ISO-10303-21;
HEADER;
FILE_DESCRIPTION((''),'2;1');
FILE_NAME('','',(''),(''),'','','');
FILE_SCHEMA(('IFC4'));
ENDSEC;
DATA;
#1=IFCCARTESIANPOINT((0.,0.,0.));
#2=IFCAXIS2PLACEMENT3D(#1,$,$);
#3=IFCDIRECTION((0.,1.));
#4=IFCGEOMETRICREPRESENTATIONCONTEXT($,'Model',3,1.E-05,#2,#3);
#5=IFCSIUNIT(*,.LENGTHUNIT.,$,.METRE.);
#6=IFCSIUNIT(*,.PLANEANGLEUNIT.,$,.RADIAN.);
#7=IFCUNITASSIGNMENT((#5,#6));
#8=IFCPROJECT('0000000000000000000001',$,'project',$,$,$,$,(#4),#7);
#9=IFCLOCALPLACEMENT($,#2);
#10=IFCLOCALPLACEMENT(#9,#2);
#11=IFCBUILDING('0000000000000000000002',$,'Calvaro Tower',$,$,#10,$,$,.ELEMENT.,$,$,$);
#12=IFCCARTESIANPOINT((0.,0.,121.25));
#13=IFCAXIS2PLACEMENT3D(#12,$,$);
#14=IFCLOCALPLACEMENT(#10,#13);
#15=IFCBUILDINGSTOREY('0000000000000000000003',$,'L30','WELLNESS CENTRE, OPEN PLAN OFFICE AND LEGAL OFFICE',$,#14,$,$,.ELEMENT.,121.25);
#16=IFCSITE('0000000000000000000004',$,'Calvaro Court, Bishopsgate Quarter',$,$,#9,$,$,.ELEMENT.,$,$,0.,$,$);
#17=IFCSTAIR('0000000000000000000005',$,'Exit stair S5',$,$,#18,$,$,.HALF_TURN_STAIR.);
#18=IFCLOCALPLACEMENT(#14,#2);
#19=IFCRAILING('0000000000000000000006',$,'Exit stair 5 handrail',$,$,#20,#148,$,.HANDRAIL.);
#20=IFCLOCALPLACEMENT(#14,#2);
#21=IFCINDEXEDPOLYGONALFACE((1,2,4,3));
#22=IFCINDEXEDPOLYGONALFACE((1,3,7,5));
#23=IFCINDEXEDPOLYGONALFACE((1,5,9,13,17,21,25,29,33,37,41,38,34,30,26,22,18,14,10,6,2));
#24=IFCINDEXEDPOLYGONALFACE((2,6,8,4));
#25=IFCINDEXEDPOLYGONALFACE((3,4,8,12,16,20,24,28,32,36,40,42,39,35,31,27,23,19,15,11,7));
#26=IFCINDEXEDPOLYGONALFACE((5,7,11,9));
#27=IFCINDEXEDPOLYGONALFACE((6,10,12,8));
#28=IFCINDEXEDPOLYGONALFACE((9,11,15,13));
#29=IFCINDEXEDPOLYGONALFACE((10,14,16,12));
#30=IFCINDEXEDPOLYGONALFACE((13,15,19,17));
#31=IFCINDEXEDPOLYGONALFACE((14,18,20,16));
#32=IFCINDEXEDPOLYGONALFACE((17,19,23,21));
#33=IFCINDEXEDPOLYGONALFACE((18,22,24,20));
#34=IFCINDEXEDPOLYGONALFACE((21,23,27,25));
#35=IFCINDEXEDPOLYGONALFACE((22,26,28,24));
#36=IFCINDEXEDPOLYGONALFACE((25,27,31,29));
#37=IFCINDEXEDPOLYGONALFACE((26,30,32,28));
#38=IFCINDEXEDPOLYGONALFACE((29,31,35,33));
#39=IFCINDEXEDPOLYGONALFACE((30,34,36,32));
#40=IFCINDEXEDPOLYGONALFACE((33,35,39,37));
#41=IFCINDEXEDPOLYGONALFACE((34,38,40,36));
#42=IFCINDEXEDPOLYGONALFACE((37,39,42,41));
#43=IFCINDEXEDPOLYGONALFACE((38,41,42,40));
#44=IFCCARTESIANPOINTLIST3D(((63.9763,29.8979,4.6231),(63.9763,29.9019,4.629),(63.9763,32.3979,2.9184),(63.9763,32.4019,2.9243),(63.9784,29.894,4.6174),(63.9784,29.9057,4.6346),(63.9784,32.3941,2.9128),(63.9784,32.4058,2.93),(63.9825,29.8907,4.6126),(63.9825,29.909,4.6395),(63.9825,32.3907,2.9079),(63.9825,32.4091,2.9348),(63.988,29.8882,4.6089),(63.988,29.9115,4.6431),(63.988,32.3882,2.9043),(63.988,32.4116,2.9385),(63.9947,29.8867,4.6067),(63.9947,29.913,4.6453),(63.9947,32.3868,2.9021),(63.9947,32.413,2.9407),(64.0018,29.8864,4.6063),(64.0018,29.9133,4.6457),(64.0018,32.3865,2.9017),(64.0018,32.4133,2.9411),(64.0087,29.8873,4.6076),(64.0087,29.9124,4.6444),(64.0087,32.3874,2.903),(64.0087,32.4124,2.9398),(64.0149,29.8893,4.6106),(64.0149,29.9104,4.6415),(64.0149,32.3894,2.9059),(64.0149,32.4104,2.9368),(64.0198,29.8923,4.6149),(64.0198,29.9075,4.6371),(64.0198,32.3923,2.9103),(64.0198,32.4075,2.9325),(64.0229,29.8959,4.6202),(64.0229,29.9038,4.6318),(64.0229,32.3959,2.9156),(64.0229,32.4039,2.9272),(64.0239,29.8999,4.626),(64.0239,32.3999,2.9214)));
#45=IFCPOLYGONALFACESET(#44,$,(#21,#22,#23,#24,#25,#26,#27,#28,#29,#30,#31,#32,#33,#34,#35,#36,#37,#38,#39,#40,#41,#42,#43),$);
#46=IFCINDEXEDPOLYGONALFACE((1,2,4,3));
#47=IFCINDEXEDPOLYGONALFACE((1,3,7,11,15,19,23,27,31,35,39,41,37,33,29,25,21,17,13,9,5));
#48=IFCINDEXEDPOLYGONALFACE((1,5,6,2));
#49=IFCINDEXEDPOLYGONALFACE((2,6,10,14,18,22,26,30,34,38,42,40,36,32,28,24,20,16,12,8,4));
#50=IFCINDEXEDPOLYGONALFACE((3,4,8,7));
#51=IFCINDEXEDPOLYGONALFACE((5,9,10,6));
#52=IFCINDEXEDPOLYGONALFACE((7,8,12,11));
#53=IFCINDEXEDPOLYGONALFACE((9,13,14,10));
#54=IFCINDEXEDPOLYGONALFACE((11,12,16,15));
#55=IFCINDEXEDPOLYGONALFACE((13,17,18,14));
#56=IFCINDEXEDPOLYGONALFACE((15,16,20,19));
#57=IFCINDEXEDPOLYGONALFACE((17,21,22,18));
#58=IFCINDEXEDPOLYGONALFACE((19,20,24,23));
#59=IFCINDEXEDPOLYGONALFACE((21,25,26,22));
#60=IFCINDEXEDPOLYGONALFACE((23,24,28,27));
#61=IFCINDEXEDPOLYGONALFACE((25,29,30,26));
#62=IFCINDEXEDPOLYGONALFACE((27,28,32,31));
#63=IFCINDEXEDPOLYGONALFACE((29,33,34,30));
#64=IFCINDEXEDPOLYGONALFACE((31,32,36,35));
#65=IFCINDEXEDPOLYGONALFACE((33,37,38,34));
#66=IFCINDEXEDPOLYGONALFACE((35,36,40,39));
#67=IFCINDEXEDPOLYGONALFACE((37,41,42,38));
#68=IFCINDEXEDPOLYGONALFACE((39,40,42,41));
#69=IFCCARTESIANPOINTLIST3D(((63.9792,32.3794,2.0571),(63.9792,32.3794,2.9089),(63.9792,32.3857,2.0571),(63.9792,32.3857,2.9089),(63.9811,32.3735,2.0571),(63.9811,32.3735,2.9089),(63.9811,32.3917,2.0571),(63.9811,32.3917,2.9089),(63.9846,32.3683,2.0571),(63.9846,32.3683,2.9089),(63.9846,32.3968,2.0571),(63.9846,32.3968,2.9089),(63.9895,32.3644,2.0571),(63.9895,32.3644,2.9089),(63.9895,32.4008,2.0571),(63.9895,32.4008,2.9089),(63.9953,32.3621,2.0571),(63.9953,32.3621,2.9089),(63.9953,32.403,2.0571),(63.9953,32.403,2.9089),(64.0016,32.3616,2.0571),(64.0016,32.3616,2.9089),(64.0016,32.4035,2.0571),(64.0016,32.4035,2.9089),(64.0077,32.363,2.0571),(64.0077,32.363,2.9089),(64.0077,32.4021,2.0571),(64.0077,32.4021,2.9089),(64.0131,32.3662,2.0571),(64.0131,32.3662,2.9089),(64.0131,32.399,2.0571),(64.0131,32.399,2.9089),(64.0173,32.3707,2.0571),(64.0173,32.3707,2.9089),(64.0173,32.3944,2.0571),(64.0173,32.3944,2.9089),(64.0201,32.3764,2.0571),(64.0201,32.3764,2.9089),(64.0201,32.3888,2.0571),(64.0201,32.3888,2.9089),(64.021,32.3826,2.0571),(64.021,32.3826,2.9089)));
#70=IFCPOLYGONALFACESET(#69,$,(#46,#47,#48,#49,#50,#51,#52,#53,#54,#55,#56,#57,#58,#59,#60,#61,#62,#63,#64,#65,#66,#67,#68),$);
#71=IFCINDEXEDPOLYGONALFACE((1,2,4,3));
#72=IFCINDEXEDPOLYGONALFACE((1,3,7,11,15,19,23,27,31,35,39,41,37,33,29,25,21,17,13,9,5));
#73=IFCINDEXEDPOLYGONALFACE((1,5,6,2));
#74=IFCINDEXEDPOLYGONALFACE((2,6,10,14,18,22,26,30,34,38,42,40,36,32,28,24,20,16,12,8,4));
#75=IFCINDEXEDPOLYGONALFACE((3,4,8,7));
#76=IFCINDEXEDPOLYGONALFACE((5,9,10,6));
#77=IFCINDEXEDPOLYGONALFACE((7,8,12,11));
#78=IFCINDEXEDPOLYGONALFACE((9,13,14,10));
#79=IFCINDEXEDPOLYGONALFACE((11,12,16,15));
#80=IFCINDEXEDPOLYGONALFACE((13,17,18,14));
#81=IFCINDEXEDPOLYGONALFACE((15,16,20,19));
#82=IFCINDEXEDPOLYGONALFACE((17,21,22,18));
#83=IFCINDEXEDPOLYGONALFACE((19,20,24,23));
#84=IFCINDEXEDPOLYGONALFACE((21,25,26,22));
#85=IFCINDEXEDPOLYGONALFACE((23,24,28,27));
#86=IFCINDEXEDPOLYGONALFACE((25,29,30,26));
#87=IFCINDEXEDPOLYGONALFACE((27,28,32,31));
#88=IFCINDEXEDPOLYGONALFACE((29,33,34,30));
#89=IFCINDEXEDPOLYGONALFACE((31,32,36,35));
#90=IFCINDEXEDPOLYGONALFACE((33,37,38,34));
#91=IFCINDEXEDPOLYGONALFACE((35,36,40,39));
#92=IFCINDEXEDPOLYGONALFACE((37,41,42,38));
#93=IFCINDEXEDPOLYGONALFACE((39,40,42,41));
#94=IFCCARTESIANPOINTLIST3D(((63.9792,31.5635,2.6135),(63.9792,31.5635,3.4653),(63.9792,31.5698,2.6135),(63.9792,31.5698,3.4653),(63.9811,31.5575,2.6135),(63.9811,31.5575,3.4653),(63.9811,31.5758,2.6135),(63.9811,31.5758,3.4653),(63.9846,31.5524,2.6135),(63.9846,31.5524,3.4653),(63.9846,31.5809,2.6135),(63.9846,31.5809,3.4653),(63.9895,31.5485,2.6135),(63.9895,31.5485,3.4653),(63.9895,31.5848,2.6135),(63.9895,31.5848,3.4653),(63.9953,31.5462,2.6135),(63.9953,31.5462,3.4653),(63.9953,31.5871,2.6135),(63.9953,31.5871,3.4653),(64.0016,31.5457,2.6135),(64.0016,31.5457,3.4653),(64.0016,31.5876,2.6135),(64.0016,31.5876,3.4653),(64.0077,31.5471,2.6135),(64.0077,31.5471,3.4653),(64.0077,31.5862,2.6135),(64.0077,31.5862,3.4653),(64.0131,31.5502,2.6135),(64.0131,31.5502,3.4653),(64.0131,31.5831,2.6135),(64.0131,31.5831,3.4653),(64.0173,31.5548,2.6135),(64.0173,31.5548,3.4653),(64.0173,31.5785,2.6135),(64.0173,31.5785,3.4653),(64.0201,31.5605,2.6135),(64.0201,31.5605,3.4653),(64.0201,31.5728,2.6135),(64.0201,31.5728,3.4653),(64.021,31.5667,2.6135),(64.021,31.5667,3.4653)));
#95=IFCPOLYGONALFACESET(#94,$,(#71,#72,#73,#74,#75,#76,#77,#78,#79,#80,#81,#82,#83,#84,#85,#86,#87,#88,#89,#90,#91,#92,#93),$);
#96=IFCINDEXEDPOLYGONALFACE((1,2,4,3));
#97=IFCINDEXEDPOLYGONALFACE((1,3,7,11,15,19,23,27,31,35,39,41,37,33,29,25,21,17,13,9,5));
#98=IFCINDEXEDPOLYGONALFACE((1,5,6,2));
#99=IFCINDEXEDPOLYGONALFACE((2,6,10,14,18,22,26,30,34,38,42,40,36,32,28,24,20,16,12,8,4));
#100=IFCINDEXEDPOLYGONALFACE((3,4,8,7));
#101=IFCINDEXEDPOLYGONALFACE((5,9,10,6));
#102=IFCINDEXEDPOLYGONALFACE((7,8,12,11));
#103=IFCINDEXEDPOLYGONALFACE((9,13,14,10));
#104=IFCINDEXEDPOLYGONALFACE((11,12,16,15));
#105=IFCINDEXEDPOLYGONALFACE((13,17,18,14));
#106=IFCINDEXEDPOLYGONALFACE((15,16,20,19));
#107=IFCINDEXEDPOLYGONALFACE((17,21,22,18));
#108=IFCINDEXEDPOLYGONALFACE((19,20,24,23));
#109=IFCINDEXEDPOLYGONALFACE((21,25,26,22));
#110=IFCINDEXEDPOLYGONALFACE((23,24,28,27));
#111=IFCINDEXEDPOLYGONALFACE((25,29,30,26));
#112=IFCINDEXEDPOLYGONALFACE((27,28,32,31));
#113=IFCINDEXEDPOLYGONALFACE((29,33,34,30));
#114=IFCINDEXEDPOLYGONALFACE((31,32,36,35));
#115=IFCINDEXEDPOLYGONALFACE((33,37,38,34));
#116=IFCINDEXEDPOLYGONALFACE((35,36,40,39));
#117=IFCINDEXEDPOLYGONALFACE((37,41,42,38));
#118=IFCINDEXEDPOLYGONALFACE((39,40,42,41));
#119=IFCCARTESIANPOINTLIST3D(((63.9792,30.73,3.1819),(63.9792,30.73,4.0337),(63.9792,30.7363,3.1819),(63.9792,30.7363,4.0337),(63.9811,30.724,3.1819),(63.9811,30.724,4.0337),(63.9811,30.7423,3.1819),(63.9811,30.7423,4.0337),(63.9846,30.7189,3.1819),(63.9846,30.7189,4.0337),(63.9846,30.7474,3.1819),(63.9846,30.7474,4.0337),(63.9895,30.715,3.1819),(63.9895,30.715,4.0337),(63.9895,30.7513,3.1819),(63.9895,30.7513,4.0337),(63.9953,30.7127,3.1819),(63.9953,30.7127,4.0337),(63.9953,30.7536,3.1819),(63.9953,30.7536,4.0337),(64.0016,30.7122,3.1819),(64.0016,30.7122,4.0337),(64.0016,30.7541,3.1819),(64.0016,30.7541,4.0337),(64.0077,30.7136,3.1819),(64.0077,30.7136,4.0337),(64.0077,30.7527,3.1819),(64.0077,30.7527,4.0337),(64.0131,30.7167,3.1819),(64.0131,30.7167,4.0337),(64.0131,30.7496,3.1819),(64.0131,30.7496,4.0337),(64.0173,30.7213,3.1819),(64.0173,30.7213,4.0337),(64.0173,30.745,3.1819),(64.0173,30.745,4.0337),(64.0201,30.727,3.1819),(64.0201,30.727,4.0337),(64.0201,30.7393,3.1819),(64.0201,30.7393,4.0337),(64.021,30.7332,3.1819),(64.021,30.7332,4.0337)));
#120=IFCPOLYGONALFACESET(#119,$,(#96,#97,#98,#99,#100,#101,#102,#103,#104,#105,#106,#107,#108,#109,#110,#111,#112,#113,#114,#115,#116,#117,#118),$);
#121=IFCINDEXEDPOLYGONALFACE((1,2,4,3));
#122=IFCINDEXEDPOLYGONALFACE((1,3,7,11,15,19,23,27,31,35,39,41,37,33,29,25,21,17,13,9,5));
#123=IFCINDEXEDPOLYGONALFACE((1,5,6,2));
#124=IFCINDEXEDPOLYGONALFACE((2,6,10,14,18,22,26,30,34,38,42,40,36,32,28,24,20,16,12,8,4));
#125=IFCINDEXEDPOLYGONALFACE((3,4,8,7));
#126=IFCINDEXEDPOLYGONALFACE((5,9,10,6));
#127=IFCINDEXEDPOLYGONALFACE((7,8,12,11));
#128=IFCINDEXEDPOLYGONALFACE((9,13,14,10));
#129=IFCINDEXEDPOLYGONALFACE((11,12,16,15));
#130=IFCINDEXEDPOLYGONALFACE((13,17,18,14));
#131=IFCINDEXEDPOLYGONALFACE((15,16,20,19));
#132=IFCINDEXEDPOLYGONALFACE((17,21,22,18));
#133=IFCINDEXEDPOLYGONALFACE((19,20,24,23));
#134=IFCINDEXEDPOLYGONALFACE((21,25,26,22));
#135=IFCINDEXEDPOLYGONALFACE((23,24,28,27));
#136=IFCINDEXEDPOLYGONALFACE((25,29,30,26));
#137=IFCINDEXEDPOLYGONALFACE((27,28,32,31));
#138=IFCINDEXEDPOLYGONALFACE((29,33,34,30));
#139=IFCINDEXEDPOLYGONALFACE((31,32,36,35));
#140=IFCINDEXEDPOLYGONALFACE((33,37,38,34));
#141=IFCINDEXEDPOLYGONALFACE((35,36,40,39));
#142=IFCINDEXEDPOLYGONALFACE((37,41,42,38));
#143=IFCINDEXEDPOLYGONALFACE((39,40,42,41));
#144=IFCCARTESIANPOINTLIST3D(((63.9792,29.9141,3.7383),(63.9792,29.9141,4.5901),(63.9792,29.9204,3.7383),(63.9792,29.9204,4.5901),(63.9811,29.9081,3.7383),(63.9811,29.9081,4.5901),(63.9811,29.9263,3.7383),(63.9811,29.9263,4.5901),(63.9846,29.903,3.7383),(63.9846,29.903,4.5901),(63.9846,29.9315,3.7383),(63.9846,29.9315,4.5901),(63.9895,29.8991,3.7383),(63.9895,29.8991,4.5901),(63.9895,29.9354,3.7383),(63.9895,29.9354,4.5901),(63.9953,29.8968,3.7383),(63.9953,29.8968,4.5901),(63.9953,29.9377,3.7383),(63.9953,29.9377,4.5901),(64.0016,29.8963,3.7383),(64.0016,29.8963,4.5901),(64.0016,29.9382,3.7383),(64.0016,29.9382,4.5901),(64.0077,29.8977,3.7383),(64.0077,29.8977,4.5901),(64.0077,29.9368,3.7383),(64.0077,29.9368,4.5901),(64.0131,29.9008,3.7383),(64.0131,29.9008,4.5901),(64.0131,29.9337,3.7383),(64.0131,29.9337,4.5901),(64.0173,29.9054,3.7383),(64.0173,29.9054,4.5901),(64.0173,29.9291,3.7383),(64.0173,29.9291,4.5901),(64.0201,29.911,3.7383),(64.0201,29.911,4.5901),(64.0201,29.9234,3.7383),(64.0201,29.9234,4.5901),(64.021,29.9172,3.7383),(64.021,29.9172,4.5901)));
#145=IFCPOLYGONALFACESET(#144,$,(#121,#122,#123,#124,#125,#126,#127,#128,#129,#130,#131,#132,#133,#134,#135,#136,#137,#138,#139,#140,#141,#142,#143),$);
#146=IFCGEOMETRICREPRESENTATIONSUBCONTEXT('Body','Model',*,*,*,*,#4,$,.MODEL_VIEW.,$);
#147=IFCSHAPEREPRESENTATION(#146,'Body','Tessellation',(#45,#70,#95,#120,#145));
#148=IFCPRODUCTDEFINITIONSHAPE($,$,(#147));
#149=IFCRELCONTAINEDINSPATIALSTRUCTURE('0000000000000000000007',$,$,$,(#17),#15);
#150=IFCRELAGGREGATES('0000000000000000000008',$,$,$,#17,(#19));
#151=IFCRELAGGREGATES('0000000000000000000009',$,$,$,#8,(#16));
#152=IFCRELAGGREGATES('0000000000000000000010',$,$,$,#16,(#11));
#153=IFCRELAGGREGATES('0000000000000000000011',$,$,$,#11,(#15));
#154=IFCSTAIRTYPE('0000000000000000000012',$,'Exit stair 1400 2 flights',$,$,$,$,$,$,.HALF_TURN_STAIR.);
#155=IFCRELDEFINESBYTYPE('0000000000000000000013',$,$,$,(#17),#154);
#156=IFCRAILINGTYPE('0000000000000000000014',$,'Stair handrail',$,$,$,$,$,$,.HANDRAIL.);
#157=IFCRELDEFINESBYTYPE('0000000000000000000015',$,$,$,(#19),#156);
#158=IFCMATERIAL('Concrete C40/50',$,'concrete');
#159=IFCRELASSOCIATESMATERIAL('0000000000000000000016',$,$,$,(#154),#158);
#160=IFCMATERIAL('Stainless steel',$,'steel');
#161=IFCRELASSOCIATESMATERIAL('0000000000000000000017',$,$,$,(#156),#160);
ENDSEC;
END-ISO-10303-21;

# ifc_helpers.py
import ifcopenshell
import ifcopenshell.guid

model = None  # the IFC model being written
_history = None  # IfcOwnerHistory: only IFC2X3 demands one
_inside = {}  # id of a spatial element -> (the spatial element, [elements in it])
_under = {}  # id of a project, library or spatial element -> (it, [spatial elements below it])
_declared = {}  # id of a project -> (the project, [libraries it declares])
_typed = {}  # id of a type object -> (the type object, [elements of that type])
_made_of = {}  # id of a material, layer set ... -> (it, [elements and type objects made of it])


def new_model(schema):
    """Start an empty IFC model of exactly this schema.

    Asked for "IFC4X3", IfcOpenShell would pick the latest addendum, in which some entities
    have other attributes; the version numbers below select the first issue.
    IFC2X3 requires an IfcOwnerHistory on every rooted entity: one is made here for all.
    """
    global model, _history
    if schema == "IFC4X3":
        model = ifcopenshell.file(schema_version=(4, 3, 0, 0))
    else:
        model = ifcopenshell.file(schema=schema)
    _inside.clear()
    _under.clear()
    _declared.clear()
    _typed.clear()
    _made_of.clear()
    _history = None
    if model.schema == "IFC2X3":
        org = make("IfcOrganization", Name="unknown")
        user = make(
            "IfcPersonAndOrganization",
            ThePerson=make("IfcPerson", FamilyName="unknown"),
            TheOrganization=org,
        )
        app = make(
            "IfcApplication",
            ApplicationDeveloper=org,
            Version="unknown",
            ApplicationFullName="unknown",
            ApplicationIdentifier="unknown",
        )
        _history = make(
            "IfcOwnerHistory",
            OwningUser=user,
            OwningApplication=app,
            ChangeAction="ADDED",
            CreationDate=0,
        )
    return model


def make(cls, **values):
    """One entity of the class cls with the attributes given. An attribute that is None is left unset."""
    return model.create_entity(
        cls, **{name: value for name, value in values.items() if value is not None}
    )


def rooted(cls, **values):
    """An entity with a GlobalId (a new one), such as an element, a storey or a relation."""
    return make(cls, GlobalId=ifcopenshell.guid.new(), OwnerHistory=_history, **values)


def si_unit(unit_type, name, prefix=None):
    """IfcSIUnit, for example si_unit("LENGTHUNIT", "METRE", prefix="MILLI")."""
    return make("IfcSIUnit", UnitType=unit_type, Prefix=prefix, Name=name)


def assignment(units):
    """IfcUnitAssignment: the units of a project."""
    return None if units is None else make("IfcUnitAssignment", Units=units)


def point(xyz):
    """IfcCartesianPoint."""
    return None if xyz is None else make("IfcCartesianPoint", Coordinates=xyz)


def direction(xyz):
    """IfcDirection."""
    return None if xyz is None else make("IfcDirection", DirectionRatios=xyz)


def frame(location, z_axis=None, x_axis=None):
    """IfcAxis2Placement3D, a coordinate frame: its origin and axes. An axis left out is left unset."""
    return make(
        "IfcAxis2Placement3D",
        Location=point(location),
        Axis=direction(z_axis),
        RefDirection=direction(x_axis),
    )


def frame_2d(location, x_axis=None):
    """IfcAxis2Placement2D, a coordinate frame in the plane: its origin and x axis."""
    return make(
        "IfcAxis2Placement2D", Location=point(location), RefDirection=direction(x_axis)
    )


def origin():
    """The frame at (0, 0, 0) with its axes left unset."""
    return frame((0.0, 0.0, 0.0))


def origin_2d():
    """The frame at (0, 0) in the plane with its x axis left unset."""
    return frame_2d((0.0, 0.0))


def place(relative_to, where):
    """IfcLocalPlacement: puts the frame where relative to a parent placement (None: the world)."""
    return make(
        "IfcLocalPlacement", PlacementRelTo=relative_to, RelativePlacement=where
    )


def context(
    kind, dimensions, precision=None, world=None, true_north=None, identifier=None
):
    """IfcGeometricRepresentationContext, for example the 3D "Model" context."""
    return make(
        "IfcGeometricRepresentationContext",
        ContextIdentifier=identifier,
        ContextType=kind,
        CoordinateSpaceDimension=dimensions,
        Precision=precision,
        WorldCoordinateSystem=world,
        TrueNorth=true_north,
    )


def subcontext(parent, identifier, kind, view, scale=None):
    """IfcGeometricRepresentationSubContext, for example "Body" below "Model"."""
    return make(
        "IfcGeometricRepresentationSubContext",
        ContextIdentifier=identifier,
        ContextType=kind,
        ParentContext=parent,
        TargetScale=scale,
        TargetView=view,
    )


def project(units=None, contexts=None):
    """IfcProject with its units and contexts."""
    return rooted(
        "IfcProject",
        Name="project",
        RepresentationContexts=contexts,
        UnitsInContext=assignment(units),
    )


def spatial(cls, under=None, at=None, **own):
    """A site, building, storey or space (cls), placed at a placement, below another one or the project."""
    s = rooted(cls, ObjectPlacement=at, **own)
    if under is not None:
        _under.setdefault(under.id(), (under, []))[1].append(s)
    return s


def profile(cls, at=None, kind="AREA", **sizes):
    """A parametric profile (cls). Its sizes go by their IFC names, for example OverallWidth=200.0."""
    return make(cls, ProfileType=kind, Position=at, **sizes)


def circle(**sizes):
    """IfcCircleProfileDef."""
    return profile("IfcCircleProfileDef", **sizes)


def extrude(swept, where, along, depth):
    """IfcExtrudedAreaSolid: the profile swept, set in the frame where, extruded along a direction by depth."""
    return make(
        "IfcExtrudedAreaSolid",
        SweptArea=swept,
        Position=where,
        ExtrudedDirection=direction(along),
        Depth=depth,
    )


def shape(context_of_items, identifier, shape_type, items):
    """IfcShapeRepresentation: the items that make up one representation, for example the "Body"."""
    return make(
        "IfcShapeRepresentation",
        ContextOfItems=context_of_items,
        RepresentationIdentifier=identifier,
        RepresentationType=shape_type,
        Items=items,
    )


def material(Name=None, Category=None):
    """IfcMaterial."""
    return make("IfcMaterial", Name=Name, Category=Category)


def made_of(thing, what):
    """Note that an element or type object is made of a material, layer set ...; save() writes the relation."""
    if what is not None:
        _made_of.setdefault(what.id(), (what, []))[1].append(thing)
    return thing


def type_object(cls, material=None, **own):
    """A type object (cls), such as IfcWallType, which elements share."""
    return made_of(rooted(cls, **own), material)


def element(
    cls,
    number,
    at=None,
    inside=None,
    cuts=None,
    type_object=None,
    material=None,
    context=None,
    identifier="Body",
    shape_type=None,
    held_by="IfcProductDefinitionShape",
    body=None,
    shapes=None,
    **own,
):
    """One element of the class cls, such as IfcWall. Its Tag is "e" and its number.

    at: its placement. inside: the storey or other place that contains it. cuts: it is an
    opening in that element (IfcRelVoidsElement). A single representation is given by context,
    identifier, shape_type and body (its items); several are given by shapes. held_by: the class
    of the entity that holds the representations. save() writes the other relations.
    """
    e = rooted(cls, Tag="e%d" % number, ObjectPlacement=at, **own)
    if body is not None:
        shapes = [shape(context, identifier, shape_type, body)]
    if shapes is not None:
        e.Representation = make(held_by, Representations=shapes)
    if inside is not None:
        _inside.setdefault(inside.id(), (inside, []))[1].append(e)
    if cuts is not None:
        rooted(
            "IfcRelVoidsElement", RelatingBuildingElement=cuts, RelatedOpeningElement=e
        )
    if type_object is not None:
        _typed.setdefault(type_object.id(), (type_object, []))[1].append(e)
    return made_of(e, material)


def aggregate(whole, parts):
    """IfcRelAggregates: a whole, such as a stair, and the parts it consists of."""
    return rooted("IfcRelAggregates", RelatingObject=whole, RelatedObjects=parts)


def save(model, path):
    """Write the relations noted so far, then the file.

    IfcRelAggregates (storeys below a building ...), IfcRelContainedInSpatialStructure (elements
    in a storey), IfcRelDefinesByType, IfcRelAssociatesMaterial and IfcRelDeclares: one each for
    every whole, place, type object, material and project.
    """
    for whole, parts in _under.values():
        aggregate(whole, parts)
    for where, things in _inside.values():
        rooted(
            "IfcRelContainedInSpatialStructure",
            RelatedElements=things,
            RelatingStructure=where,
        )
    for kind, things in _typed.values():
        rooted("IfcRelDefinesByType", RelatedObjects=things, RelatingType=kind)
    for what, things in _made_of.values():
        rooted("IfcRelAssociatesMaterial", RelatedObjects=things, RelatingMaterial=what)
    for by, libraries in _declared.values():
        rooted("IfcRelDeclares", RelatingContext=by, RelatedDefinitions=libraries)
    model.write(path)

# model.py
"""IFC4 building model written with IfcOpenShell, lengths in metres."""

from ifc_helpers import new_model, si_unit, direction, frame, origin, origin_2d, place, context, subcontext, project, spatial, circle, extrude, material, type_object, element, aggregate, save


model = new_model("IFC4")

# Units and contexts
model_context = context("Model", 3, precision=1e-05, world=origin(), true_north=direction((0.0, 1.0)))
body_context = subcontext(model_context, "Body", "Model", "MODEL_VIEW")
ifc_project = project(units=[si_unit("LENGTHUNIT", "METRE"), si_unit("PLANEANGLEUNIT", "RADIAN")], contexts=[model_context])

# Site, building, storey
site_placement = place(None, origin())
site = spatial("IfcSite", under=ifc_project, at=site_placement, Name="Calvaro Court, Bishopsgate Quarter", CompositionType="ELEMENT", RefElevation=0.0)
building_placement = place(site_placement, origin())
building = spatial("IfcBuilding", under=site, at=building_placement, Name="Calvaro Tower", CompositionType="ELEMENT")
storey_placement = place(building_placement, frame((0.0, 0.0, 121.25)))
storey = spatial("IfcBuildingStorey", under=building, at=storey_placement, Name="L30", Description="WELLNESS CENTRE, OPEN PLAN OFFICE AND LEGAL OFFICE", CompositionType="ELEMENT", Elevation=121.25)

# Stair
ifc_material_1 = material(Name="Concrete C40/50", Category="concrete")
stair_type = type_object("IfcStairType", Name="Exit stair 1400 2 flights", PredefinedType="HALF_TURN_STAIR", material=ifc_material_1)
stair_1_placement = place(storey_placement, origin())
stair_1 = element("IfcStair", 1, at=stair_1_placement, inside=storey, type_object=stair_type, Name="Exit stair S5", PredefinedType="HALF_TURN_STAIR")

# Shared definitions
ifc_material_2 = material(Name="Stainless steel", Category="steel")
railing_type = type_object("IfcRailingType", Name="Stair handrail", PredefinedType="HANDRAIL", material=ifc_material_2)

# Railing
railing_1_placement = place(storey_placement, frame((64.0, 32.3999, 2.0454)))
railing_1 = element("IfcRailing", 2, at=railing_1_placement, type_object=railing_type, Name="Exit stair 5 handrail", PredefinedType="HANDRAIL", context=body_context, shape_type="SweptSolid", body=[
    extrude(circle(Radius=0.0239, at=origin_2d()), frame((0.0, 0.0, 0.876), z_axis=(0.0, -0.826221, 0.563347), x_axis=(1.0, 0.0, 0.0)), (0.0, 0.0, 1.0), 3.0259),
    extrude(circle(Radius=0.021, at=origin_2d()), frame((0.0, -0.0173, 0.0117)), (0.0, 0.0, 1.0), 0.8518),
    extrude(circle(Radius=0.021, at=origin_2d()), frame((0.0, -0.8333, 0.5681)), (0.0, 0.0, 1.0), 0.8518),
    extrude(circle(Radius=0.021, at=origin_2d()), frame((0.0, -1.6667, 1.1365)), (0.0, 0.0, 1.0), 0.8518),
    extrude(circle(Radius=0.021, at=origin_2d()), frame((0.0, -2.4827, 1.6929)), (0.0, 0.0, 1.0), 0.8518),
])
aggregate(stair_1, [railing_1])

save(model, "model.ifc")
